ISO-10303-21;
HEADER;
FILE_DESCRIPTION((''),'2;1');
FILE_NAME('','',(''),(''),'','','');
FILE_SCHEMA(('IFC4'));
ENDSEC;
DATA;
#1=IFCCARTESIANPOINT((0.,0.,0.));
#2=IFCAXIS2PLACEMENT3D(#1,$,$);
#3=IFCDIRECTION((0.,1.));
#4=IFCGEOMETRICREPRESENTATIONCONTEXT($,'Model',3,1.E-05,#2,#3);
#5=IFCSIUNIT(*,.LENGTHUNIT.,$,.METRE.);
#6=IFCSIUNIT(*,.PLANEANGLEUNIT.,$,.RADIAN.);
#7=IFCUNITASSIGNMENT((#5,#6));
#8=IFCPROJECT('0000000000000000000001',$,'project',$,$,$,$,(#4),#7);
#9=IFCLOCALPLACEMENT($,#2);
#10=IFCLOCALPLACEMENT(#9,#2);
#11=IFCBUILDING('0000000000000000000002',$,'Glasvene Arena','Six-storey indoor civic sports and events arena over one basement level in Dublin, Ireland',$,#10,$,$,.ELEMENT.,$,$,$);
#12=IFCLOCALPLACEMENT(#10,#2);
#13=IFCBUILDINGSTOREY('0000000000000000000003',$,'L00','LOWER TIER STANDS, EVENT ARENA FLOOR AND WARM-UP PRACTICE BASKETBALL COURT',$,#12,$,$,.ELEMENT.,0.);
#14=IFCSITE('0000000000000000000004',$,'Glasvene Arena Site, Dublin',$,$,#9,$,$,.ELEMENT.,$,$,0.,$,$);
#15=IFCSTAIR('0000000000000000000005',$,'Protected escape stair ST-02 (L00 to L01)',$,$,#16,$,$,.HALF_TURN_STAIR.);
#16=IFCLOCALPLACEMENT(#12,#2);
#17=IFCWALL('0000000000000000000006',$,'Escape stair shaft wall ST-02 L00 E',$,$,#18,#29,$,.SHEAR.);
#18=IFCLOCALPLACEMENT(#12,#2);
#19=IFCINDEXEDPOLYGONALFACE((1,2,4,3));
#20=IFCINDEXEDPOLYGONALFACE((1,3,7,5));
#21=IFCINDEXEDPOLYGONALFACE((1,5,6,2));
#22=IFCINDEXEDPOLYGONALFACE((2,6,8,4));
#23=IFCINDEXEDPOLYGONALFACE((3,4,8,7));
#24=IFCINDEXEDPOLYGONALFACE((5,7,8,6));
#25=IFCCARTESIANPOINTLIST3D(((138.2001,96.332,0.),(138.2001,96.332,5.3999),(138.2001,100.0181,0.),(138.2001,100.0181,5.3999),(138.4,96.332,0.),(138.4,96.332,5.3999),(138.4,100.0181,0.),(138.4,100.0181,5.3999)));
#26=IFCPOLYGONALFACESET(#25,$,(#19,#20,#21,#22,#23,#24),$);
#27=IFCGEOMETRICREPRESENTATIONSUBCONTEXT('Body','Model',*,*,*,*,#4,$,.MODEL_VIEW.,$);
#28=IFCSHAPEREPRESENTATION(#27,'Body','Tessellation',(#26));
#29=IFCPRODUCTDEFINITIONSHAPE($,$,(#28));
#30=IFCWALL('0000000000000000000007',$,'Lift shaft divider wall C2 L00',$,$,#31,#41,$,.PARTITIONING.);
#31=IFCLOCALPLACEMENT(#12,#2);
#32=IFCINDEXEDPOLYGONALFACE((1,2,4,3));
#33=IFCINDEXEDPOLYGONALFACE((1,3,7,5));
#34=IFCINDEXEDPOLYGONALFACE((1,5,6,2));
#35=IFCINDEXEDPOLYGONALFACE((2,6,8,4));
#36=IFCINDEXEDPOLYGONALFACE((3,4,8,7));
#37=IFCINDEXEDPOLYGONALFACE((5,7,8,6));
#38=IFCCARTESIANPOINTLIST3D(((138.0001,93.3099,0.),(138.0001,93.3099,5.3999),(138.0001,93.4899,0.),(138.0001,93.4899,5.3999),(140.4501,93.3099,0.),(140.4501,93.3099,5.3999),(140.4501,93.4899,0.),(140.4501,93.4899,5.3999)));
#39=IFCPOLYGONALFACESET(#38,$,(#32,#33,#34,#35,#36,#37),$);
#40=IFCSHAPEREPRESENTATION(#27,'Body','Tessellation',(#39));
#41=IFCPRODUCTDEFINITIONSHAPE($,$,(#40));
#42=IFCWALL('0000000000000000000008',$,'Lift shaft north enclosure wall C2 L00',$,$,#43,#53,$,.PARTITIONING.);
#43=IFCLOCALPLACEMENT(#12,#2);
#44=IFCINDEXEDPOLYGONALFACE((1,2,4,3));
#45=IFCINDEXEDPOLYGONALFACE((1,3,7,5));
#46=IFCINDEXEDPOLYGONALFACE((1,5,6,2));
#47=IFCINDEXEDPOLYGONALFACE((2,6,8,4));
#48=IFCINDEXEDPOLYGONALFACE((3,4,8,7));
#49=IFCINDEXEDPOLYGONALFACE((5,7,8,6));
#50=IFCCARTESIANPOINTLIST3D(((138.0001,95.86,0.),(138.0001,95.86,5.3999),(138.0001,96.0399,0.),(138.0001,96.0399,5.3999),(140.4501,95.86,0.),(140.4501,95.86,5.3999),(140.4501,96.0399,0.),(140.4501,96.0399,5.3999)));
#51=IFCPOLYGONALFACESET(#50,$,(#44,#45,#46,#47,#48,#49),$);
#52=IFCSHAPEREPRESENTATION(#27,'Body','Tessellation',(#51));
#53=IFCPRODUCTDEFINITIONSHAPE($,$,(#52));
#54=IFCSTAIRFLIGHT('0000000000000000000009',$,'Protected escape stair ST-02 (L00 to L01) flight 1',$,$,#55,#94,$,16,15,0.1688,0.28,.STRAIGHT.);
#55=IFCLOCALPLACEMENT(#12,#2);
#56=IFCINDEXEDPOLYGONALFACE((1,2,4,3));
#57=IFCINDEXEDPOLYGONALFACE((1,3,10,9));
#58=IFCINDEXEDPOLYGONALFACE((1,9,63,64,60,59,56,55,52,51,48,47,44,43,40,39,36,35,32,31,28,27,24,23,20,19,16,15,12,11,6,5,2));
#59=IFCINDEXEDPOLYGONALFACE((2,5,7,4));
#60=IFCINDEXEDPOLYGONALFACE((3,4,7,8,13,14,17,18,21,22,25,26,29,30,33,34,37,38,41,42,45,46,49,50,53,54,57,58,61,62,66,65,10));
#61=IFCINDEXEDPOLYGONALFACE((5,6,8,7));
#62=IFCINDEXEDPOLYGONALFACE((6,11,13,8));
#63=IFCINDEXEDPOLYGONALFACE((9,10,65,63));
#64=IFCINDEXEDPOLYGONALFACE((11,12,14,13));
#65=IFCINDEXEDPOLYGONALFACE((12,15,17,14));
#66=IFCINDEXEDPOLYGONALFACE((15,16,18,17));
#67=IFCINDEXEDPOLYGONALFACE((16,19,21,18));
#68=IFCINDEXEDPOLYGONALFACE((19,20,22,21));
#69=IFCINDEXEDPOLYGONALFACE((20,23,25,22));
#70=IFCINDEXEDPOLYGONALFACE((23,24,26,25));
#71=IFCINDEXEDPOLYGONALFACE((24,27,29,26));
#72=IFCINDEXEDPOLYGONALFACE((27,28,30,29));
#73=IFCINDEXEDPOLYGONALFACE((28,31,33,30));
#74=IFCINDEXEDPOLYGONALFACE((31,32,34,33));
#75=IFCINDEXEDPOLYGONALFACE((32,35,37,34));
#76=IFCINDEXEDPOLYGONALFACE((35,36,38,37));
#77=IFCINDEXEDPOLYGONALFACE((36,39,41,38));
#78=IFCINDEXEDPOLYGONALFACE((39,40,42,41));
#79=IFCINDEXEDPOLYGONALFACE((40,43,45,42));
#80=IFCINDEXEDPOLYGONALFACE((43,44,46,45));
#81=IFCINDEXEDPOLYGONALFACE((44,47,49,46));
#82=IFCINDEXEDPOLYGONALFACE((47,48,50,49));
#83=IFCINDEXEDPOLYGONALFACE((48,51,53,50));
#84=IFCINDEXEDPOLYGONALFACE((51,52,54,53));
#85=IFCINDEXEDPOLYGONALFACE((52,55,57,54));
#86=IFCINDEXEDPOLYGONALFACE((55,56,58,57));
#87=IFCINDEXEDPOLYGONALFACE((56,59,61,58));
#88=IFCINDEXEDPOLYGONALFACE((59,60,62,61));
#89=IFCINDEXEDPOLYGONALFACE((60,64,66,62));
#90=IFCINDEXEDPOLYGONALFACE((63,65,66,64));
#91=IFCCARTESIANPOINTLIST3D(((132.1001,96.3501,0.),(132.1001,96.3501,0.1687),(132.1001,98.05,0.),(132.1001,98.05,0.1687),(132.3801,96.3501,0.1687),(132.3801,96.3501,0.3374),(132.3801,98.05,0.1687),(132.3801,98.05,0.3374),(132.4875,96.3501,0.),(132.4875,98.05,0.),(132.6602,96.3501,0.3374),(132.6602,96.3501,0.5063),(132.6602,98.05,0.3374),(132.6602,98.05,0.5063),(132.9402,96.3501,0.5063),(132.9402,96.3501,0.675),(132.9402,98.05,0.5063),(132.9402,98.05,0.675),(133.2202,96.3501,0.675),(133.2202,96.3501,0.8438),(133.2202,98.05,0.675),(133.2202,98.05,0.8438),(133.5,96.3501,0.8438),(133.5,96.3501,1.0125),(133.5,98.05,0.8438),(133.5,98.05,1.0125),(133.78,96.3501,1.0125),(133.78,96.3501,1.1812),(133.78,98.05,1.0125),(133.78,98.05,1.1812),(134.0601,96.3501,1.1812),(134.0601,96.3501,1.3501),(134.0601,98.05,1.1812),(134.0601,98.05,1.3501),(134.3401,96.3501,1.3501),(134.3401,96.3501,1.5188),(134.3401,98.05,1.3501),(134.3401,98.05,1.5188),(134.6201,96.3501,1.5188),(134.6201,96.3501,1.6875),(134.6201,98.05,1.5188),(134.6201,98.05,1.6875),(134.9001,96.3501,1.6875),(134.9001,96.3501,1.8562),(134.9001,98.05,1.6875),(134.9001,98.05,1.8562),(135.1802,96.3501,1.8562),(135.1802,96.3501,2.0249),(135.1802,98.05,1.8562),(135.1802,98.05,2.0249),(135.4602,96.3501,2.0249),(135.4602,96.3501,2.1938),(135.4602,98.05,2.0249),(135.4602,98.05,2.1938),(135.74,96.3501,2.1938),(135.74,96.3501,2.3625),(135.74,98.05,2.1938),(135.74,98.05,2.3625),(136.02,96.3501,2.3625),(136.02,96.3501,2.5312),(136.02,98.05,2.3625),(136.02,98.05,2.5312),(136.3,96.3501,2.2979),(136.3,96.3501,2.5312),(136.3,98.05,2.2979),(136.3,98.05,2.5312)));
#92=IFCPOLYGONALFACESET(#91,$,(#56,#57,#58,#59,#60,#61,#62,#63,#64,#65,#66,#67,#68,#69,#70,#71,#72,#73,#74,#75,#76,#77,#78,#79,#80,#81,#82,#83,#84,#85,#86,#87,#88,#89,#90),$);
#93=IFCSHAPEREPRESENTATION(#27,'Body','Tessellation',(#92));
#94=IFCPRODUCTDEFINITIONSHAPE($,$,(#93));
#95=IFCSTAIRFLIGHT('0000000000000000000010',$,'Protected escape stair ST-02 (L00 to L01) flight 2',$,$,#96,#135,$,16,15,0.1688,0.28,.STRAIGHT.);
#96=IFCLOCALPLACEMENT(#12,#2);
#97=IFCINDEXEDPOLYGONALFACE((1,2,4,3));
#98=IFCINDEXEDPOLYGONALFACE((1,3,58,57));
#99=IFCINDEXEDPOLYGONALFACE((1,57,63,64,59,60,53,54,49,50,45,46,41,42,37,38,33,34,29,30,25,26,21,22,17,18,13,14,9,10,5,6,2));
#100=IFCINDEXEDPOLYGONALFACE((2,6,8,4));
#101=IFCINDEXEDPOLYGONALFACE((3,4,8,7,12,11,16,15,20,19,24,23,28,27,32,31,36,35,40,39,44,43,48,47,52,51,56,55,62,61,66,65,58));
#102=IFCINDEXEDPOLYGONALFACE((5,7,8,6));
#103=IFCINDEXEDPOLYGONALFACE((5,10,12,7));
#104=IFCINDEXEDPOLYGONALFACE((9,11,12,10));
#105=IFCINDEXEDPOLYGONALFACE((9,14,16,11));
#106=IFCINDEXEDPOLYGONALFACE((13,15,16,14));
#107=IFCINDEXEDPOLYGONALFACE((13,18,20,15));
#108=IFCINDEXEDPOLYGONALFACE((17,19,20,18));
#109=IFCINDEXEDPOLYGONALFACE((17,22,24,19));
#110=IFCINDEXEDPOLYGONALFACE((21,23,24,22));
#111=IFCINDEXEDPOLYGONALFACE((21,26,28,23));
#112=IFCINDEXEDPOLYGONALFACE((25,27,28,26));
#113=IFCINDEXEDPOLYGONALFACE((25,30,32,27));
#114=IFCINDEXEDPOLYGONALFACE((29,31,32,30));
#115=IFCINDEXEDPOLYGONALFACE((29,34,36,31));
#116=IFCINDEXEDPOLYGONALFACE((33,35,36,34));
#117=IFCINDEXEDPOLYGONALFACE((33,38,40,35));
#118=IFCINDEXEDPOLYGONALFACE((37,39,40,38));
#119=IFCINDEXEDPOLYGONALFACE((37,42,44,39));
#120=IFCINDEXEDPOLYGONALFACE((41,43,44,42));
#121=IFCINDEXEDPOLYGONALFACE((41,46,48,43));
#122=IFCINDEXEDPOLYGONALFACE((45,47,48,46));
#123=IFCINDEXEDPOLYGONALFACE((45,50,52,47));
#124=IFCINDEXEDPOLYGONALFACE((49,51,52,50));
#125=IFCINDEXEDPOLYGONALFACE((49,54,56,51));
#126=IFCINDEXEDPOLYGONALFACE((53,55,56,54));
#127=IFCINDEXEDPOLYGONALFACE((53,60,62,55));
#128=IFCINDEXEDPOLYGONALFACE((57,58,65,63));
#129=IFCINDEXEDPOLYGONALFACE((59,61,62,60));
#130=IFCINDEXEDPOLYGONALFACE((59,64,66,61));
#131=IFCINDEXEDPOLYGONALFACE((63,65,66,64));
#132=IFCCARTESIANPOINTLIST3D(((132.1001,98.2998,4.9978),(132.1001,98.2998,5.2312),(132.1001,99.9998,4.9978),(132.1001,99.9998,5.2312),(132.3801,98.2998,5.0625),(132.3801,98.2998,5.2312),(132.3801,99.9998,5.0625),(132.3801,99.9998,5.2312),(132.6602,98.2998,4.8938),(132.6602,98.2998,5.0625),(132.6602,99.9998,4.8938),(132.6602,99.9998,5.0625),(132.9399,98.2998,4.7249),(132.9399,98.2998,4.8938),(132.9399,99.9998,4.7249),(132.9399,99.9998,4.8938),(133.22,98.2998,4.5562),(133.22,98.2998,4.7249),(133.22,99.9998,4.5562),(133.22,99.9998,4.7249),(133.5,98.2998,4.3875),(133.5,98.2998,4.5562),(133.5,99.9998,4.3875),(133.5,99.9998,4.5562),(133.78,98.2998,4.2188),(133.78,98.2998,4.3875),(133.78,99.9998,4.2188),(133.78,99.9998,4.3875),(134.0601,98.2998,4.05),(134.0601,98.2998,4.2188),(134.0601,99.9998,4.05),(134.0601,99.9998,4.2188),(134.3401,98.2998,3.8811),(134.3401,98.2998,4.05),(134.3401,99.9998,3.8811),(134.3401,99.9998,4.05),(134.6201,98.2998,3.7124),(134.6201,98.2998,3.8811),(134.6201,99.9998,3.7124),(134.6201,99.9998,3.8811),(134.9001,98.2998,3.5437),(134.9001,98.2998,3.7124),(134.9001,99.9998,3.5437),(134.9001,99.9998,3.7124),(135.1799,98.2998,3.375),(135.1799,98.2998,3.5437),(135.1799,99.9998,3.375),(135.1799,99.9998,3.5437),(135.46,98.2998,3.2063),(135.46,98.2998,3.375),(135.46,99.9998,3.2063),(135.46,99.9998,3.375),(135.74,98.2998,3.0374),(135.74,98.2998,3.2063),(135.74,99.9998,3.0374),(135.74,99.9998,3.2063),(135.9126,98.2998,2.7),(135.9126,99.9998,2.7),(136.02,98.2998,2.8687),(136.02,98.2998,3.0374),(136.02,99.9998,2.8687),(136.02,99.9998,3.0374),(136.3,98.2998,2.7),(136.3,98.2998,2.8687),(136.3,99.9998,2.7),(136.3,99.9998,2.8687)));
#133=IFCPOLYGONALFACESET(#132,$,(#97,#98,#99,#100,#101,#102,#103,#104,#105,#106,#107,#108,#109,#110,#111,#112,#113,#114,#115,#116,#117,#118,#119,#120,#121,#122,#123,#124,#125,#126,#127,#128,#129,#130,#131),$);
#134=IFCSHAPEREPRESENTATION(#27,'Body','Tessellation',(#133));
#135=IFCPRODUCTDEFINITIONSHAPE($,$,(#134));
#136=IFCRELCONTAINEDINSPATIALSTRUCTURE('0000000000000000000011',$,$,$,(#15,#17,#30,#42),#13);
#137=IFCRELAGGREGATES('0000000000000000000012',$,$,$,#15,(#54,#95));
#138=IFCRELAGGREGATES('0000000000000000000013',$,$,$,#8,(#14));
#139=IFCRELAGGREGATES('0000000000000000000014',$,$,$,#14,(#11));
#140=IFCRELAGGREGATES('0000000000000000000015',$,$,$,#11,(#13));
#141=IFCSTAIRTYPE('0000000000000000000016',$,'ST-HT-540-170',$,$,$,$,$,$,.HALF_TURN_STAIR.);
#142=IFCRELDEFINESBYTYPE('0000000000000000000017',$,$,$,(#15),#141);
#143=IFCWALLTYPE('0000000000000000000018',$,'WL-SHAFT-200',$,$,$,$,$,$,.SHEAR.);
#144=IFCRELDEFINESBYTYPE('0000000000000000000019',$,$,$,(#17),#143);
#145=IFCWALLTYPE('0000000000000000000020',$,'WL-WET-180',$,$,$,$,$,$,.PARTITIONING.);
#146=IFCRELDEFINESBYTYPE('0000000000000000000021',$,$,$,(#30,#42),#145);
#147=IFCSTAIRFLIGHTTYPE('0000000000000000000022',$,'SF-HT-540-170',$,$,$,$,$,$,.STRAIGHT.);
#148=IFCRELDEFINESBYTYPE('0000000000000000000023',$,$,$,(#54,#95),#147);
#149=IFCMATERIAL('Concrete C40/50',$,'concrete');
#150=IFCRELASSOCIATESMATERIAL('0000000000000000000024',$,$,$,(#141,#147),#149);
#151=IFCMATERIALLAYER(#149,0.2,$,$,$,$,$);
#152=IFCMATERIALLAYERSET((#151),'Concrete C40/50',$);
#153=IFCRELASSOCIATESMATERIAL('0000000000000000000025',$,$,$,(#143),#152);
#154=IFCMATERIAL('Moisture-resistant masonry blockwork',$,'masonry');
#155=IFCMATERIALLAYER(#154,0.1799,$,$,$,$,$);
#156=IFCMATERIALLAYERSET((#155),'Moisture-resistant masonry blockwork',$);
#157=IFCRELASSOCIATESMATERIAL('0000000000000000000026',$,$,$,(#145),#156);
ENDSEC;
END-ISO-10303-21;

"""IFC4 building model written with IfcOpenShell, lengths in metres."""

from ifc_helpers import new_model, si_unit, direction, frame, frame_2d, origin, place, context, subcontext, project, spatial, polyline, rectangle, outline, extrude, material, layer, layer_set, type_object, element, aggregate, save


model = new_model("IFC4")

# Units and contexts
model_context = context("Model", 3, precision=1e-05, world=origin(), true_north=direction((0.0, 1.0)))
body_context = subcontext(model_context, "Body", "Model", "MODEL_VIEW")
ifc_project = project(units=[si_unit("LENGTHUNIT", "METRE"), si_unit("PLANEANGLEUNIT", "RADIAN")], contexts=[model_context])

# Site, building, storey
site_placement = place(None, origin())
site = spatial("IfcSite", under=ifc_project, at=site_placement, Name="Glasvene Arena Site, Dublin", CompositionType="ELEMENT", RefElevation=0.0)
building_placement = place(site_placement, origin())
building = spatial("IfcBuilding", under=site, at=building_placement, Name="Glasvene Arena", Description="Six-storey indoor civic sports and events arena over one basement level in Dublin, Ireland", CompositionType="ELEMENT")
storey_placement = place(building_placement, origin())
storey = spatial("IfcBuildingStorey", under=building, at=storey_placement, Name="L00", Description="LOWER TIER STANDS, EVENT ARENA FLOOR AND WARM-UP PRACTICE BASKETBALL COURT", CompositionType="ELEMENT", Elevation=0.0)

# Shared definitions
ifc_material_1 = material(Name="Concrete C40/50", Category="concrete")

# Stair
stair_type = type_object("IfcStairType", Name="ST-HT-540-170", PredefinedType="HALF_TURN_STAIR", material=ifc_material_1)
stair_placement = place(storey_placement, origin())
stair = element("IfcStair", 1, at=stair_placement, inside=storey, type_object=stair_type, Name="Protected escape stair ST-02 (L00 to L01)", PredefinedType="HALF_TURN_STAIR")

# Shared definitions
ifc_layer_1 = layer(ifc_material_1, 0.2)
ifc_layer_set_1 = layer_set([ifc_layer_1], Name="Concrete C40/50")
wall_type_1 = type_object("IfcWallType", Name="WL-SHAFT-200", PredefinedType="SHEAR", material=ifc_layer_set_1)

# Walls
for number, where, z_axis, x_axis, name in (
    (2, (138.3, 96.332, 0.0), (0.0, 0.0, 1.0), (0.0, 1.0, 0.0), "Escape stair shaft wall ST-02 L00 E"),
):
    element("IfcWall", number, at=place(storey_placement, frame(where, z_axis=z_axis, x_axis=x_axis)), inside=storey, type_object=wall_type_1, Name=name, PredefinedType="SHEAR", context=body_context, shape_type="SweptSolid", body=[
        extrude(rectangle(XDim=3.686, YDim=0.2, at=frame_2d((1.843, 0.0))), origin(), (0.0, 0.0, 1.0), 5.3999),
    ])
ifc_material_2 = material(Name="Moisture-resistant masonry blockwork", Category="masonry")
ifc_layer_2 = layer(ifc_material_2, 0.1799)
ifc_layer_set_2 = layer_set([ifc_layer_2], Name="Moisture-resistant masonry blockwork")
wall_type_2 = type_object("IfcWallType", Name="WL-WET-180", PredefinedType="PARTITIONING", material=ifc_layer_set_2)
for number, where, z_axis, x_axis, name in (
    (3, (138.0, 93.3999, 0.0), (0.0, 0.0, 1.0), (1.0, 0.0, 0.0), "Lift shaft divider wall C2 L00"),
    (4, (138.0, 95.95, 0.0), (0.0, 0.0, 1.0), (1.0, 0.0, 0.0), "Lift shaft north enclosure wall C2 L00"),
):
    element("IfcWall", number, at=place(storey_placement, frame(where, z_axis=z_axis, x_axis=x_axis)), inside=storey, type_object=wall_type_2, Name=name, PredefinedType="PARTITIONING", context=body_context, shape_type="SweptSolid", body=[
        extrude(rectangle(XDim=2.45, YDim=0.1799, at=frame_2d((1.2251, 0.0))), origin(), (0.0, 0.0, 1.0), 5.3999),
    ])

# Stair flights
stair_flight_type = type_object("IfcStairFlightType", Name="SF-HT-540-170", PredefinedType="STRAIGHT", material=ifc_material_1)
stair_flight_1_placement = place(storey_placement, frame((132.1001, 97.2, 0.0), z_axis=(0.0, 0.0, 1.0), x_axis=(1.0, 0.0, 0.0)))
stair_flight_1 = element("IfcStairFlight", 5, at=stair_flight_1_placement, type_object=stair_flight_type, Name="Protected escape stair ST-02 (L00 to L01) flight 1", NumberOfRisers=16, NumberOfTreads=15, PredefinedType="STRAIGHT", RiserHeight=0.1688, TreadLength=0.28, context=body_context, shape_type="SweptSolid", body=[
    extrude(outline(polyline([(0.0, 0.0), (0.0, 0.1687), (0.28, 0.1687), (0.28, 0.3374), (0.5601, 0.3374), (0.5601, 0.5063), (0.8401, 0.5063), (0.8401, 0.675), (1.1201, 0.675), (1.1201, 0.8438), (1.3999, 0.8438), (1.3999, 1.0125), (1.6799, 1.0125), (1.6799, 1.1812), (1.96, 1.1812), (1.96, 1.3501), (2.24, 1.3501), (2.24, 1.5188), (2.52, 1.5188), (2.52, 1.6875), (2.8, 1.6875), (2.8, 1.8562), (3.0801, 1.8562), (3.0801, 2.0249), (3.3601, 2.0249), (3.3601, 2.1938), (3.6399, 2.1938), (3.6399, 2.3625), (3.9199, 2.3625), (3.9199, 2.5312), (4.2, 2.5312), (4.2, 2.7), (4.2, 2.2979), (0.3875, 0.0), (0.0, 0.0)])), frame((0.0, 0.8501, 0.0), z_axis=(0.0, -1.0, 0.0), x_axis=(1.0, 0.0, 0.0)), (0.0, 0.0, 1.0), 1.7),
])
stair_flight_2_placement = place(storey_placement, frame((136.3, 99.1499, 2.7), z_axis=(0.0, 0.0, 1.0), x_axis=(-1.0, 0.0, 0.0)))
stair_flight_2 = element("IfcStairFlight", 6, at=stair_flight_2_placement, type_object=stair_flight_type, Name="Protected escape stair ST-02 (L00 to L01) flight 2", NumberOfRisers=16, NumberOfTreads=15, PredefinedType="STRAIGHT", RiserHeight=0.1688, TreadLength=0.28, context=body_context, shape_type="SweptSolid", body=[
    extrude(outline(polyline([(0.0, 0.0), (0.0, 0.1687), (0.28, 0.1687), (0.28, 0.3374), (0.5601, 0.3374), (0.5601, 0.5063), (0.8401, 0.5063), (0.8401, 0.675), (1.1201, 0.675), (1.1201, 0.8438), (1.3999, 0.8438), (1.3999, 1.0125), (1.6799, 1.0125), (1.6799, 1.1812), (1.96, 1.1812), (1.96, 1.3501), (2.24, 1.3501), (2.24, 1.5188), (2.52, 1.5188), (2.52, 1.6875), (2.8, 1.6875), (2.8, 1.8562), (3.0801, 1.8562), (3.0801, 2.0249), (3.3601, 2.0249), (3.3601, 2.1938), (3.6399, 2.1938), (3.6399, 2.3625), (3.9199, 2.3625), (3.9199, 2.5312), (4.2, 2.5312), (4.2, 2.7), (4.2, 2.2979), (0.3875, 0.0), (0.0, 0.0)])), frame((0.0, 0.8501, 0.0), z_axis=(0.0, -1.0, 0.0), x_axis=(1.0, 0.0, 0.0)), (0.0, 0.0, 1.0), 1.7),
])
aggregate(stair, [stair_flight_1, stair_flight_2])

save(model, "model.ifc")
